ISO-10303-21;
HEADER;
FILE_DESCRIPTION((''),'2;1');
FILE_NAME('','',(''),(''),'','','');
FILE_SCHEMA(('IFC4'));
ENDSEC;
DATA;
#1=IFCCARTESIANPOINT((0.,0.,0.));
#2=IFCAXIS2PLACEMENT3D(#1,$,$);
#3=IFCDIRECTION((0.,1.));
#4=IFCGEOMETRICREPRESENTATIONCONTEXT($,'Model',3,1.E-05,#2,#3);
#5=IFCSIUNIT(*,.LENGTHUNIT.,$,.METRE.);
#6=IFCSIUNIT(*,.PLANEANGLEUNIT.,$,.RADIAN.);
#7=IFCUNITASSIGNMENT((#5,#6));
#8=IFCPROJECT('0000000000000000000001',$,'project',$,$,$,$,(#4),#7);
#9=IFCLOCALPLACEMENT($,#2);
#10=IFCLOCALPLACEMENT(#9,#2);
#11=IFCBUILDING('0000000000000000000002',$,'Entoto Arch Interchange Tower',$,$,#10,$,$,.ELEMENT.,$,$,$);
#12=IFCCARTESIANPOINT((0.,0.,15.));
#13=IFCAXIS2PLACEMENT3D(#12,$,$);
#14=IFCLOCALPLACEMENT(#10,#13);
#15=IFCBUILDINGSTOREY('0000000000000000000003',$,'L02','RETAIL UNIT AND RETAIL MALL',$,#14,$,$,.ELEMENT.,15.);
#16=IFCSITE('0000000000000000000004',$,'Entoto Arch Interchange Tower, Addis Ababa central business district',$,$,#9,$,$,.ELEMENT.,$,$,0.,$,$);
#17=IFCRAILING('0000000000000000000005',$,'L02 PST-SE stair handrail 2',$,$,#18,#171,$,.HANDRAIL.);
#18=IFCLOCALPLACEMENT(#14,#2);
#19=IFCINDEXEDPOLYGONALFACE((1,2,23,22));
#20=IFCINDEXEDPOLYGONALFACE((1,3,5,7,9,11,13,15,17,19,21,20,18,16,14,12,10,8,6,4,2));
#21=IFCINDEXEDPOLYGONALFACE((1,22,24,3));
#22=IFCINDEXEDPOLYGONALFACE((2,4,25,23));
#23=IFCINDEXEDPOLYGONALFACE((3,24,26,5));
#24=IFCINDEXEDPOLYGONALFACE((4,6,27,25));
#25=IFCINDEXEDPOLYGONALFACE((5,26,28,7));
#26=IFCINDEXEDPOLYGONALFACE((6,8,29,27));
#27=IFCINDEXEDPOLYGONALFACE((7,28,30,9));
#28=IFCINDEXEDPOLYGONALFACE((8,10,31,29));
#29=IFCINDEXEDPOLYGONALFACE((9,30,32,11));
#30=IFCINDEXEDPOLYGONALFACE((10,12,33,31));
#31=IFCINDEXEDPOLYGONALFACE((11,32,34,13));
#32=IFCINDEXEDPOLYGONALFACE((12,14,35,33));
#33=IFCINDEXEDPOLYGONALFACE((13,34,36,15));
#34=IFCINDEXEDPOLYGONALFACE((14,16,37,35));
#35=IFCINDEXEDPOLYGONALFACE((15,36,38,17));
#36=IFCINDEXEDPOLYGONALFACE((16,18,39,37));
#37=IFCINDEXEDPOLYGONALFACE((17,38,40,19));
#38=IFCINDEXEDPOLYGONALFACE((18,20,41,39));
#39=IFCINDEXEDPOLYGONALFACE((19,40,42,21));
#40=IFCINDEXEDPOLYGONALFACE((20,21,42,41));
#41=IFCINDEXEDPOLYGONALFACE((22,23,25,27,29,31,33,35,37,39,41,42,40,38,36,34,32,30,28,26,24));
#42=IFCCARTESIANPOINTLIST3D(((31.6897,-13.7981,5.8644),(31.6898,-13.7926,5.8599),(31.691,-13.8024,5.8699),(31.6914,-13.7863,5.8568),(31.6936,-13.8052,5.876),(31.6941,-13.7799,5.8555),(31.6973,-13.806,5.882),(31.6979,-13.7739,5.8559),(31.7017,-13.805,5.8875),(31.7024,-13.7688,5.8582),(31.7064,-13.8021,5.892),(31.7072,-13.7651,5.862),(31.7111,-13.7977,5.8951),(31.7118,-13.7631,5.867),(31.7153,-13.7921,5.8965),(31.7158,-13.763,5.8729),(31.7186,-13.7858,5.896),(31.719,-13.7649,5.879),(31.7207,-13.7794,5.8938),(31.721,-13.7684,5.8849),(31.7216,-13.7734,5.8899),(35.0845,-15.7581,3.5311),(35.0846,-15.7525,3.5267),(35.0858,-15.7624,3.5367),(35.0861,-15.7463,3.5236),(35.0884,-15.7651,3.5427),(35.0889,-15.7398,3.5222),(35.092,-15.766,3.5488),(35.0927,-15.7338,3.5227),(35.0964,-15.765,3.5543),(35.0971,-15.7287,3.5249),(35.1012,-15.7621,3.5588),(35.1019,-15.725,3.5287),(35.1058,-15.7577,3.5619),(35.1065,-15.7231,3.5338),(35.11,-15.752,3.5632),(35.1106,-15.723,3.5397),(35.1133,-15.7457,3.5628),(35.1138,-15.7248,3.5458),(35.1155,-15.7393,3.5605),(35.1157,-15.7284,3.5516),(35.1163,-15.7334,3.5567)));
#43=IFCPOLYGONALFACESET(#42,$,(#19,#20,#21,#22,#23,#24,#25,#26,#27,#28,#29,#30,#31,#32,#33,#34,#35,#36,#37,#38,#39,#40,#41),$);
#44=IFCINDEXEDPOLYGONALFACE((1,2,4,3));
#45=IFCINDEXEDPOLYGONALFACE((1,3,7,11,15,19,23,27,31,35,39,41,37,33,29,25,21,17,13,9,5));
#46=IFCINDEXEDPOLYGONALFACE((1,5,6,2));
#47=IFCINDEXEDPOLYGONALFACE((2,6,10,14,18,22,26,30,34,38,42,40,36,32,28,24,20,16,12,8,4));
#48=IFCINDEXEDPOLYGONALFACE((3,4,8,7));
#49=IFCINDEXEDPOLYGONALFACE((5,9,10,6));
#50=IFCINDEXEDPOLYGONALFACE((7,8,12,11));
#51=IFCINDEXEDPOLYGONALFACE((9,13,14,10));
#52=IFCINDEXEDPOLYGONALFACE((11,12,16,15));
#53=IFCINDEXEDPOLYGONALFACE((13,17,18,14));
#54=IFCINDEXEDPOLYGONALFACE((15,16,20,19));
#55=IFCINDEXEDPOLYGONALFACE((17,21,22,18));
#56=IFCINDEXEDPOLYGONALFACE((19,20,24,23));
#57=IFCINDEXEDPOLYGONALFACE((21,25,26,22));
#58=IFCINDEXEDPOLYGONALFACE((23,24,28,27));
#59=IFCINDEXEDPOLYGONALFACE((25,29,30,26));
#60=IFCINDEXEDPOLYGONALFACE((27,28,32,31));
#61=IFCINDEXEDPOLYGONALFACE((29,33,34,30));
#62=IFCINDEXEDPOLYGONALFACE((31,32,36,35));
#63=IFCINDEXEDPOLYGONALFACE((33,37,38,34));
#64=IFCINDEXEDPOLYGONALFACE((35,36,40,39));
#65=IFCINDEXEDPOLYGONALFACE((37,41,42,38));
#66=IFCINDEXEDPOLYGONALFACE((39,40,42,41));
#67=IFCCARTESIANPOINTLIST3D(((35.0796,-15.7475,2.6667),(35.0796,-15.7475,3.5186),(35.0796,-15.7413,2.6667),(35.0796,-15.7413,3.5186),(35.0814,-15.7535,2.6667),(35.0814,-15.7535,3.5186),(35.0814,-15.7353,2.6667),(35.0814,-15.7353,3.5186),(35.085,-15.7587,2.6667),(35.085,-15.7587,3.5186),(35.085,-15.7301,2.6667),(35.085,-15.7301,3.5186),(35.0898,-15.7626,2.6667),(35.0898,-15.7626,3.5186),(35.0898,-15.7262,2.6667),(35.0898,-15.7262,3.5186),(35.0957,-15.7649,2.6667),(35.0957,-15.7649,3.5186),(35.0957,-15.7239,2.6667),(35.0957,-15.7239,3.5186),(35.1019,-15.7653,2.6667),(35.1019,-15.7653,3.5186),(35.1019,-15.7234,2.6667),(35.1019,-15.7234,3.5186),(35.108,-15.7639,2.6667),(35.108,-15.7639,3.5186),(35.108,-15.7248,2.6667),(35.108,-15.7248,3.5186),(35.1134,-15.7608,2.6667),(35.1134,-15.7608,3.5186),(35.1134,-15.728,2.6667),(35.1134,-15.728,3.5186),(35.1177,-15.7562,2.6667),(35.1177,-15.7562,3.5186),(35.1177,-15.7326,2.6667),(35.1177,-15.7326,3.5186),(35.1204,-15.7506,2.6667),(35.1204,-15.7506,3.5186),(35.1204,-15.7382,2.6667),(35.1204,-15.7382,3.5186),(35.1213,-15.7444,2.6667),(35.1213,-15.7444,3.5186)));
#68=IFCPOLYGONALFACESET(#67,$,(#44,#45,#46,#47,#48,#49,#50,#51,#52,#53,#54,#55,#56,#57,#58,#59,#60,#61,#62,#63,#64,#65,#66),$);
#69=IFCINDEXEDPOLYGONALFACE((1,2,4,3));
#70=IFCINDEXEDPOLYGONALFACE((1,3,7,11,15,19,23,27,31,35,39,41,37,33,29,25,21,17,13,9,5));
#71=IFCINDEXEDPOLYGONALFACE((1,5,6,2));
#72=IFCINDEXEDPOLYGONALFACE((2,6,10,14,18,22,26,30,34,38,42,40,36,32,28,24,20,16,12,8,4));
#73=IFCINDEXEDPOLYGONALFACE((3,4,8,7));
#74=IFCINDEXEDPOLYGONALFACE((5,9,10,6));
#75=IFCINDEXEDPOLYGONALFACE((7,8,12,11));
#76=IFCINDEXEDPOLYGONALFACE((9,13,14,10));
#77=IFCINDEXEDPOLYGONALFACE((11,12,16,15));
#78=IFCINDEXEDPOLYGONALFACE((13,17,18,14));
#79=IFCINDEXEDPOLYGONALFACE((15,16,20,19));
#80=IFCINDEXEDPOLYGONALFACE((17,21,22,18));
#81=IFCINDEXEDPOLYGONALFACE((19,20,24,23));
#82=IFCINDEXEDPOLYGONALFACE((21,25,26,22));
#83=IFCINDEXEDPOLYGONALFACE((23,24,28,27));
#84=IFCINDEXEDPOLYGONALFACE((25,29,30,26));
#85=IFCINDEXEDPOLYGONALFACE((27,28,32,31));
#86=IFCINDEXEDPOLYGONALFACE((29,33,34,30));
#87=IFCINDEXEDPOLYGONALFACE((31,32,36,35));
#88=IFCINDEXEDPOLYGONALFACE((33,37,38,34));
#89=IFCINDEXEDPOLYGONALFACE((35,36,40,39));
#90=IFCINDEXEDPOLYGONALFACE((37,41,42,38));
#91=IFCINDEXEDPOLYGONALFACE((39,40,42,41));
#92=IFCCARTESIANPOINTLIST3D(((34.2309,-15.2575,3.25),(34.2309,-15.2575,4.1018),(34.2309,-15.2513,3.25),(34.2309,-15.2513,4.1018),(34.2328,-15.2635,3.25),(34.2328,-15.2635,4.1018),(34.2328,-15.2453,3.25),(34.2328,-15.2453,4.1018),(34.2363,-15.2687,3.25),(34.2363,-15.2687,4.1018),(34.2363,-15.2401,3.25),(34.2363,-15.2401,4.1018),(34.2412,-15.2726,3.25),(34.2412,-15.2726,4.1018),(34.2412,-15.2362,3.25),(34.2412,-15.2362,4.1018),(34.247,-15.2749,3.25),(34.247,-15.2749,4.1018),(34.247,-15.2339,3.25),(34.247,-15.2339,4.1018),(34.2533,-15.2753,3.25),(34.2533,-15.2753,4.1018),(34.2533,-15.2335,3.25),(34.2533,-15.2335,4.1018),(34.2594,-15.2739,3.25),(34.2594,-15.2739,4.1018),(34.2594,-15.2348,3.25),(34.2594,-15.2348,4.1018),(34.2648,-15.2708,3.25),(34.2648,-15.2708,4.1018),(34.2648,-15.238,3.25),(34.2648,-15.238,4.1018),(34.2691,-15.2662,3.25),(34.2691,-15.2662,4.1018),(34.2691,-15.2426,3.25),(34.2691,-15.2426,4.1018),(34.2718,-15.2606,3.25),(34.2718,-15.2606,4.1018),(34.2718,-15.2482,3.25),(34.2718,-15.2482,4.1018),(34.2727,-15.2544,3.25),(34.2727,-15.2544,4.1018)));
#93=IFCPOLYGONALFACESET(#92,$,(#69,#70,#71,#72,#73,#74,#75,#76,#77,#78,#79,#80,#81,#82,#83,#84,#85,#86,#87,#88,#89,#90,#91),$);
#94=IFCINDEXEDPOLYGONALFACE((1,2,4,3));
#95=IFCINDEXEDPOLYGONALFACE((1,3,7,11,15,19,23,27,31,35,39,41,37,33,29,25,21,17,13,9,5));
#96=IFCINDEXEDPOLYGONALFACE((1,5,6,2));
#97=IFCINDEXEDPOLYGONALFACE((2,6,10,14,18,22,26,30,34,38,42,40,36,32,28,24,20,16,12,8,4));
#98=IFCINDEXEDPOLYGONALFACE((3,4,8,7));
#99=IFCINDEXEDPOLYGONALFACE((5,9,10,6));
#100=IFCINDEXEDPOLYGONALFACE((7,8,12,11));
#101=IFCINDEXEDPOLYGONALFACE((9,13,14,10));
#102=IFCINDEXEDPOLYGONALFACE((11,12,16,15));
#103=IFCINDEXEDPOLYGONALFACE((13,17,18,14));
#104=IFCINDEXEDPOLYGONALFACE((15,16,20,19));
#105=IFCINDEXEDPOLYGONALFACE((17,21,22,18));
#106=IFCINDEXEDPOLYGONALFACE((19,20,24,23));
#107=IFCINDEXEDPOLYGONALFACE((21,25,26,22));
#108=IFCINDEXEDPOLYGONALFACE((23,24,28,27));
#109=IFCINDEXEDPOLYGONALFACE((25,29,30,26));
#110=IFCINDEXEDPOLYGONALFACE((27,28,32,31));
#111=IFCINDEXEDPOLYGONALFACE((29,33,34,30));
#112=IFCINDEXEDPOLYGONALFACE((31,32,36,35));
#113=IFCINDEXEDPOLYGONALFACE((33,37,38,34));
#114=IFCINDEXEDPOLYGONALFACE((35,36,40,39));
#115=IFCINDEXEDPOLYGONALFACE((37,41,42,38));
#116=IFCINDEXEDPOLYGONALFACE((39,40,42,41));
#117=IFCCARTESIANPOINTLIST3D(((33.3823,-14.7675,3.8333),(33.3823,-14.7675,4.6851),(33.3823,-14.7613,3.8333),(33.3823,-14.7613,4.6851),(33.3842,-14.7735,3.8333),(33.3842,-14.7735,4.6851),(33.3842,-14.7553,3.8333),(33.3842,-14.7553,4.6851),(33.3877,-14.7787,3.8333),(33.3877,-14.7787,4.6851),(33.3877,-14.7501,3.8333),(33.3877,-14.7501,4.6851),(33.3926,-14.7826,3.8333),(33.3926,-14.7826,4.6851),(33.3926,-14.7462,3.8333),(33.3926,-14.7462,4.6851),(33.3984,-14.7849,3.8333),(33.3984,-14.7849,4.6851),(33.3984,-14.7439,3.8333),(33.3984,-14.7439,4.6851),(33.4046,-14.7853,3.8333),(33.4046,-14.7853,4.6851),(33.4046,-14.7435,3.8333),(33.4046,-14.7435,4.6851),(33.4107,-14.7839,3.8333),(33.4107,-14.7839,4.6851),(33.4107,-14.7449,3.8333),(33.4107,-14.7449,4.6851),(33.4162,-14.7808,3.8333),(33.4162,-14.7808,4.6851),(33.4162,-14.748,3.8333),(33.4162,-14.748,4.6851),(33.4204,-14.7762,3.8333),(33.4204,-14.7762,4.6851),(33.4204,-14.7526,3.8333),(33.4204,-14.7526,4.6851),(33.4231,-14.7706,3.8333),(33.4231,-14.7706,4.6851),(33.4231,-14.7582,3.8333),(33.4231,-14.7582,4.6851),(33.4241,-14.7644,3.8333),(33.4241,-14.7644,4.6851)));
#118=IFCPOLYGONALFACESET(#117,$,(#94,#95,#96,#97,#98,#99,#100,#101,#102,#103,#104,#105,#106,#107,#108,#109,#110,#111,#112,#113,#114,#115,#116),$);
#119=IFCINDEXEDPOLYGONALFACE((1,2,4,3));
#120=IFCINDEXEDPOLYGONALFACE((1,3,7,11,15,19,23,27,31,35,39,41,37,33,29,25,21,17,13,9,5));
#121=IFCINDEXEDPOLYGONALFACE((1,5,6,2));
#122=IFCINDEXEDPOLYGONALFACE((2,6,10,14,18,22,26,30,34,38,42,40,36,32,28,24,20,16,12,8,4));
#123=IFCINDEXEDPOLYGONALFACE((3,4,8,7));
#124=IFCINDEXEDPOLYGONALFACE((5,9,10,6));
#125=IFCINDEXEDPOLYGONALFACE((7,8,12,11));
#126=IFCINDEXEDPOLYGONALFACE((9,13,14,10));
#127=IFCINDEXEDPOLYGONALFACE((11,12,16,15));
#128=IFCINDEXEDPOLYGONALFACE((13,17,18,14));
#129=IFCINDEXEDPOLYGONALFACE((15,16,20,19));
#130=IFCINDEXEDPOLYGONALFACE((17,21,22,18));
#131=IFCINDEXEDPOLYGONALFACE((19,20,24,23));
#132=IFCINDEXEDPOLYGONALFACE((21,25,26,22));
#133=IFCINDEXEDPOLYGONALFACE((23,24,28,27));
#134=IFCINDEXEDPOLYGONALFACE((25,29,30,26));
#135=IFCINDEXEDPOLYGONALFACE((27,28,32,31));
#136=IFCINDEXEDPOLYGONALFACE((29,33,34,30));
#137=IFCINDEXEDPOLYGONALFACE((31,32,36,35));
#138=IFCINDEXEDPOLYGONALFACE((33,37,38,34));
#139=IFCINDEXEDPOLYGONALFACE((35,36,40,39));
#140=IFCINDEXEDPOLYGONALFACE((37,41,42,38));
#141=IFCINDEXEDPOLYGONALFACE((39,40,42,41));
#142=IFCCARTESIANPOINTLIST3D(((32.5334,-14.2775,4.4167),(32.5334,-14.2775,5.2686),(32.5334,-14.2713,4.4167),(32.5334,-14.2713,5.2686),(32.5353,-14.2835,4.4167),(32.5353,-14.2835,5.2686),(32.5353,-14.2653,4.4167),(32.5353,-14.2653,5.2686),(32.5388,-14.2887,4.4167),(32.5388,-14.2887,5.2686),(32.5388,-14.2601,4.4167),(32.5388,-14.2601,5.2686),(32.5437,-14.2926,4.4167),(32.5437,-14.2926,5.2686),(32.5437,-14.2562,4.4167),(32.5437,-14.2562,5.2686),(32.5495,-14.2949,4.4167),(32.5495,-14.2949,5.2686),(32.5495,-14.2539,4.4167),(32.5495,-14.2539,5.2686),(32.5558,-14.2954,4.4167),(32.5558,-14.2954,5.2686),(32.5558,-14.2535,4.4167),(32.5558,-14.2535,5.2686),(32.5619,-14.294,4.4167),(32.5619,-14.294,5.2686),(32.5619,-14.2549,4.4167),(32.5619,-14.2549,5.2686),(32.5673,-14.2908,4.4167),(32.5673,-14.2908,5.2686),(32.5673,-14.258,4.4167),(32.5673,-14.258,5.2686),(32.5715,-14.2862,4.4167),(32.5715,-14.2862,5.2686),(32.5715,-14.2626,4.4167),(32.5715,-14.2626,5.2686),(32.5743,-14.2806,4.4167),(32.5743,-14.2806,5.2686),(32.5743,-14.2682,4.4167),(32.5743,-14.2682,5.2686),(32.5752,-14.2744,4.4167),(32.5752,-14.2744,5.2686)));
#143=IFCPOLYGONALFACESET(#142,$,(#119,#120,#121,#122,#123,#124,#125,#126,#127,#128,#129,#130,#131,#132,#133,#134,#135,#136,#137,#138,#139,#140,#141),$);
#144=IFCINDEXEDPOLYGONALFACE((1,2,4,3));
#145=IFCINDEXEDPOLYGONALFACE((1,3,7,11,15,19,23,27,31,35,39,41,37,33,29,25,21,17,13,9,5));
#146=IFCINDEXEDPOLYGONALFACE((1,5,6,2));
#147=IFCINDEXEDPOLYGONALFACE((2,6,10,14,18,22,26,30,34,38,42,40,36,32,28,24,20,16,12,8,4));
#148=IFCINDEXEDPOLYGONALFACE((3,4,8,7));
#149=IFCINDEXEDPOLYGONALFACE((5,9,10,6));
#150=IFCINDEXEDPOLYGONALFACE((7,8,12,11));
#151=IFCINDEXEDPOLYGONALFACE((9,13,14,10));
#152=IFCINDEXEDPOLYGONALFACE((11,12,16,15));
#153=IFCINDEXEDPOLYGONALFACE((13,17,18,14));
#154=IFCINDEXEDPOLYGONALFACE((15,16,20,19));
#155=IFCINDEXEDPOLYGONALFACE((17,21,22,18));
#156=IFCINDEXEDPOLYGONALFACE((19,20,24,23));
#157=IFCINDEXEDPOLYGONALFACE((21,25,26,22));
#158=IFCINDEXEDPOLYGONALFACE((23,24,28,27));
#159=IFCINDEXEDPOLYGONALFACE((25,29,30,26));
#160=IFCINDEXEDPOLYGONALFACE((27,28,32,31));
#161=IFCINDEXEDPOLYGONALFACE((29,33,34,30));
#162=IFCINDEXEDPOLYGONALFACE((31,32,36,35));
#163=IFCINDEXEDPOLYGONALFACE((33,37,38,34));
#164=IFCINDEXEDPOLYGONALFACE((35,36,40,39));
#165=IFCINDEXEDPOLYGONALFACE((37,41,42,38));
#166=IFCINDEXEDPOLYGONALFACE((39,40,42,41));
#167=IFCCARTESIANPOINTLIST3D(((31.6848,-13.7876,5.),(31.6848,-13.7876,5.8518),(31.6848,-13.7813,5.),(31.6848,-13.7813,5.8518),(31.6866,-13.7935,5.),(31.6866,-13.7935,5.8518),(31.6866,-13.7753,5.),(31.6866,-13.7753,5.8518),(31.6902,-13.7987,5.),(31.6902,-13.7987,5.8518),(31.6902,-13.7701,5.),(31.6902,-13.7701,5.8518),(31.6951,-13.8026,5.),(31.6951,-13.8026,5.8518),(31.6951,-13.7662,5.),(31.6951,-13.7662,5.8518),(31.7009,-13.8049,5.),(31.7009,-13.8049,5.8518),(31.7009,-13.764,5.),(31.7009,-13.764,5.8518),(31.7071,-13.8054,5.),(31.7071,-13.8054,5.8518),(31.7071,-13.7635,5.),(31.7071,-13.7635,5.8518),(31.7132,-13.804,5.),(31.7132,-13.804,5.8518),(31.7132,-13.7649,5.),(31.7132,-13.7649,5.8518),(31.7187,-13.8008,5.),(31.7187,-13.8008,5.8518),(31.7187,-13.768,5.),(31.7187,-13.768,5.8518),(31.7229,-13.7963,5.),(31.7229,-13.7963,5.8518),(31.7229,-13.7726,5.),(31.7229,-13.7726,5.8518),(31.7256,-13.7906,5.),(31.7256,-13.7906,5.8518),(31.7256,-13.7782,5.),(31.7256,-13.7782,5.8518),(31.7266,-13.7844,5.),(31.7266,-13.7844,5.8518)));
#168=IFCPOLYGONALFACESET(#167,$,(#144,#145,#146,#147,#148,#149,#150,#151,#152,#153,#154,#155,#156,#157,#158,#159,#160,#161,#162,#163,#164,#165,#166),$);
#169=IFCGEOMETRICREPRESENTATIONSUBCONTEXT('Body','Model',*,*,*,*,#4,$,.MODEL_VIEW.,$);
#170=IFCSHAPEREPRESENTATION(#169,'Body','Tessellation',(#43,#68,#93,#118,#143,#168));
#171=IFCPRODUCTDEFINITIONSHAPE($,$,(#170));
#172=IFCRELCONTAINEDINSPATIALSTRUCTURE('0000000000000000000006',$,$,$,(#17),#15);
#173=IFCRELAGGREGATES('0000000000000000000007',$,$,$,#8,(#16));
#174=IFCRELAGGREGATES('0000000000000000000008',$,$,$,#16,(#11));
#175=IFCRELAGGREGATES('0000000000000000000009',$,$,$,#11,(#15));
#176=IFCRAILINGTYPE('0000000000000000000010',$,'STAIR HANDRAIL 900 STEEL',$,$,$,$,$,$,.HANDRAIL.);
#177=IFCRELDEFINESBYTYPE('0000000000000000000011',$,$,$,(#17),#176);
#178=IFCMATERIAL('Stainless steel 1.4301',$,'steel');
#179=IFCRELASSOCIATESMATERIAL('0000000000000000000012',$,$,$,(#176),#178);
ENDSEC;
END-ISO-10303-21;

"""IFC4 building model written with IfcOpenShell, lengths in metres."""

from ifc_helpers import new_model, si_unit, direction, frame, origin, origin_2d, place, context, subcontext, project, spatial, circle, extrude, material, type_object, element, save


model = new_model("IFC4")

# Units and contexts
model_context = context("Model", 3, precision=1e-05, world=origin(), true_north=direction((0.0, 1.0)))
body_context = subcontext(model_context, "Body", "Model", "MODEL_VIEW")
ifc_project = project(units=[si_unit("LENGTHUNIT", "METRE"), si_unit("PLANEANGLEUNIT", "RADIAN")], contexts=[model_context])

# Site, building, storey
site_placement = place(None, origin())
site = spatial("IfcSite", under=ifc_project, at=site_placement, Name="Entoto Arch Interchange Tower, Addis Ababa central business district", CompositionType="ELEMENT", RefElevation=0.0)
building_placement = place(site_placement, origin())
building = spatial("IfcBuilding", under=site, at=building_placement, Name="Entoto Arch Interchange Tower", CompositionType="ELEMENT")
storey_placement = place(building_placement, frame((0.0, 0.0, 15.0)))
storey = spatial("IfcBuildingStorey", under=building, at=storey_placement, Name="L02", Description="RETAIL UNIT AND RETAIL MALL", CompositionType="ELEMENT", Elevation=15.0)

# Railing
ifc_material_1 = material(Name="Stainless steel 1.4301", Category="steel")
railing_type_1 = type_object("IfcRailingType", Name="STAIR HANDRAIL 900 STEEL", PredefinedType="HANDRAIL", material=ifc_material_1)
railing_1_placement = place(storey_placement, frame((35.1003, -15.7444, 2.6667)))
element("IfcRailing", 1, at=railing_1_placement, inside=storey, type_object=railing_type_1, Name="L02 PST-SE stair handrail 2", PredefinedType="HANDRAIL", context=body_context, shape_type="SweptSolid", body=[
    extrude(circle(Radius=0.0239, at=origin_2d()), frame((0.0, 0.0, 0.876), z_axis=(-0.744175, 0.429646, 0.511476), x_axis=(-0.499997, -0.866027, 0.0)), (0.0, 0.0, 1.0), 4.5618),
    extrude(circle(Radius=0.021, at=origin_2d()), origin(), (0.0, 0.0, 1.0), 0.8518),
    extrude(circle(Radius=0.021, at=origin_2d()), frame((-0.8486, 0.49, 0.5833)), (0.0, 0.0, 1.0), 0.8518),
    extrude(circle(Radius=0.021, at=origin_2d()), frame((-1.6973, 0.98, 1.1665)), (0.0, 0.0, 1.0), 0.8518),
    extrude(circle(Radius=0.021, at=origin_2d()), frame((-2.5461, 1.47, 1.75)), (0.0, 0.0, 1.0), 0.8518),
    extrude(circle(Radius=0.021, at=origin_2d()), frame((-3.3948, 1.96, 2.3333)), (0.0, 0.0, 1.0), 0.8518),
])

save(model, "model.ifc")
